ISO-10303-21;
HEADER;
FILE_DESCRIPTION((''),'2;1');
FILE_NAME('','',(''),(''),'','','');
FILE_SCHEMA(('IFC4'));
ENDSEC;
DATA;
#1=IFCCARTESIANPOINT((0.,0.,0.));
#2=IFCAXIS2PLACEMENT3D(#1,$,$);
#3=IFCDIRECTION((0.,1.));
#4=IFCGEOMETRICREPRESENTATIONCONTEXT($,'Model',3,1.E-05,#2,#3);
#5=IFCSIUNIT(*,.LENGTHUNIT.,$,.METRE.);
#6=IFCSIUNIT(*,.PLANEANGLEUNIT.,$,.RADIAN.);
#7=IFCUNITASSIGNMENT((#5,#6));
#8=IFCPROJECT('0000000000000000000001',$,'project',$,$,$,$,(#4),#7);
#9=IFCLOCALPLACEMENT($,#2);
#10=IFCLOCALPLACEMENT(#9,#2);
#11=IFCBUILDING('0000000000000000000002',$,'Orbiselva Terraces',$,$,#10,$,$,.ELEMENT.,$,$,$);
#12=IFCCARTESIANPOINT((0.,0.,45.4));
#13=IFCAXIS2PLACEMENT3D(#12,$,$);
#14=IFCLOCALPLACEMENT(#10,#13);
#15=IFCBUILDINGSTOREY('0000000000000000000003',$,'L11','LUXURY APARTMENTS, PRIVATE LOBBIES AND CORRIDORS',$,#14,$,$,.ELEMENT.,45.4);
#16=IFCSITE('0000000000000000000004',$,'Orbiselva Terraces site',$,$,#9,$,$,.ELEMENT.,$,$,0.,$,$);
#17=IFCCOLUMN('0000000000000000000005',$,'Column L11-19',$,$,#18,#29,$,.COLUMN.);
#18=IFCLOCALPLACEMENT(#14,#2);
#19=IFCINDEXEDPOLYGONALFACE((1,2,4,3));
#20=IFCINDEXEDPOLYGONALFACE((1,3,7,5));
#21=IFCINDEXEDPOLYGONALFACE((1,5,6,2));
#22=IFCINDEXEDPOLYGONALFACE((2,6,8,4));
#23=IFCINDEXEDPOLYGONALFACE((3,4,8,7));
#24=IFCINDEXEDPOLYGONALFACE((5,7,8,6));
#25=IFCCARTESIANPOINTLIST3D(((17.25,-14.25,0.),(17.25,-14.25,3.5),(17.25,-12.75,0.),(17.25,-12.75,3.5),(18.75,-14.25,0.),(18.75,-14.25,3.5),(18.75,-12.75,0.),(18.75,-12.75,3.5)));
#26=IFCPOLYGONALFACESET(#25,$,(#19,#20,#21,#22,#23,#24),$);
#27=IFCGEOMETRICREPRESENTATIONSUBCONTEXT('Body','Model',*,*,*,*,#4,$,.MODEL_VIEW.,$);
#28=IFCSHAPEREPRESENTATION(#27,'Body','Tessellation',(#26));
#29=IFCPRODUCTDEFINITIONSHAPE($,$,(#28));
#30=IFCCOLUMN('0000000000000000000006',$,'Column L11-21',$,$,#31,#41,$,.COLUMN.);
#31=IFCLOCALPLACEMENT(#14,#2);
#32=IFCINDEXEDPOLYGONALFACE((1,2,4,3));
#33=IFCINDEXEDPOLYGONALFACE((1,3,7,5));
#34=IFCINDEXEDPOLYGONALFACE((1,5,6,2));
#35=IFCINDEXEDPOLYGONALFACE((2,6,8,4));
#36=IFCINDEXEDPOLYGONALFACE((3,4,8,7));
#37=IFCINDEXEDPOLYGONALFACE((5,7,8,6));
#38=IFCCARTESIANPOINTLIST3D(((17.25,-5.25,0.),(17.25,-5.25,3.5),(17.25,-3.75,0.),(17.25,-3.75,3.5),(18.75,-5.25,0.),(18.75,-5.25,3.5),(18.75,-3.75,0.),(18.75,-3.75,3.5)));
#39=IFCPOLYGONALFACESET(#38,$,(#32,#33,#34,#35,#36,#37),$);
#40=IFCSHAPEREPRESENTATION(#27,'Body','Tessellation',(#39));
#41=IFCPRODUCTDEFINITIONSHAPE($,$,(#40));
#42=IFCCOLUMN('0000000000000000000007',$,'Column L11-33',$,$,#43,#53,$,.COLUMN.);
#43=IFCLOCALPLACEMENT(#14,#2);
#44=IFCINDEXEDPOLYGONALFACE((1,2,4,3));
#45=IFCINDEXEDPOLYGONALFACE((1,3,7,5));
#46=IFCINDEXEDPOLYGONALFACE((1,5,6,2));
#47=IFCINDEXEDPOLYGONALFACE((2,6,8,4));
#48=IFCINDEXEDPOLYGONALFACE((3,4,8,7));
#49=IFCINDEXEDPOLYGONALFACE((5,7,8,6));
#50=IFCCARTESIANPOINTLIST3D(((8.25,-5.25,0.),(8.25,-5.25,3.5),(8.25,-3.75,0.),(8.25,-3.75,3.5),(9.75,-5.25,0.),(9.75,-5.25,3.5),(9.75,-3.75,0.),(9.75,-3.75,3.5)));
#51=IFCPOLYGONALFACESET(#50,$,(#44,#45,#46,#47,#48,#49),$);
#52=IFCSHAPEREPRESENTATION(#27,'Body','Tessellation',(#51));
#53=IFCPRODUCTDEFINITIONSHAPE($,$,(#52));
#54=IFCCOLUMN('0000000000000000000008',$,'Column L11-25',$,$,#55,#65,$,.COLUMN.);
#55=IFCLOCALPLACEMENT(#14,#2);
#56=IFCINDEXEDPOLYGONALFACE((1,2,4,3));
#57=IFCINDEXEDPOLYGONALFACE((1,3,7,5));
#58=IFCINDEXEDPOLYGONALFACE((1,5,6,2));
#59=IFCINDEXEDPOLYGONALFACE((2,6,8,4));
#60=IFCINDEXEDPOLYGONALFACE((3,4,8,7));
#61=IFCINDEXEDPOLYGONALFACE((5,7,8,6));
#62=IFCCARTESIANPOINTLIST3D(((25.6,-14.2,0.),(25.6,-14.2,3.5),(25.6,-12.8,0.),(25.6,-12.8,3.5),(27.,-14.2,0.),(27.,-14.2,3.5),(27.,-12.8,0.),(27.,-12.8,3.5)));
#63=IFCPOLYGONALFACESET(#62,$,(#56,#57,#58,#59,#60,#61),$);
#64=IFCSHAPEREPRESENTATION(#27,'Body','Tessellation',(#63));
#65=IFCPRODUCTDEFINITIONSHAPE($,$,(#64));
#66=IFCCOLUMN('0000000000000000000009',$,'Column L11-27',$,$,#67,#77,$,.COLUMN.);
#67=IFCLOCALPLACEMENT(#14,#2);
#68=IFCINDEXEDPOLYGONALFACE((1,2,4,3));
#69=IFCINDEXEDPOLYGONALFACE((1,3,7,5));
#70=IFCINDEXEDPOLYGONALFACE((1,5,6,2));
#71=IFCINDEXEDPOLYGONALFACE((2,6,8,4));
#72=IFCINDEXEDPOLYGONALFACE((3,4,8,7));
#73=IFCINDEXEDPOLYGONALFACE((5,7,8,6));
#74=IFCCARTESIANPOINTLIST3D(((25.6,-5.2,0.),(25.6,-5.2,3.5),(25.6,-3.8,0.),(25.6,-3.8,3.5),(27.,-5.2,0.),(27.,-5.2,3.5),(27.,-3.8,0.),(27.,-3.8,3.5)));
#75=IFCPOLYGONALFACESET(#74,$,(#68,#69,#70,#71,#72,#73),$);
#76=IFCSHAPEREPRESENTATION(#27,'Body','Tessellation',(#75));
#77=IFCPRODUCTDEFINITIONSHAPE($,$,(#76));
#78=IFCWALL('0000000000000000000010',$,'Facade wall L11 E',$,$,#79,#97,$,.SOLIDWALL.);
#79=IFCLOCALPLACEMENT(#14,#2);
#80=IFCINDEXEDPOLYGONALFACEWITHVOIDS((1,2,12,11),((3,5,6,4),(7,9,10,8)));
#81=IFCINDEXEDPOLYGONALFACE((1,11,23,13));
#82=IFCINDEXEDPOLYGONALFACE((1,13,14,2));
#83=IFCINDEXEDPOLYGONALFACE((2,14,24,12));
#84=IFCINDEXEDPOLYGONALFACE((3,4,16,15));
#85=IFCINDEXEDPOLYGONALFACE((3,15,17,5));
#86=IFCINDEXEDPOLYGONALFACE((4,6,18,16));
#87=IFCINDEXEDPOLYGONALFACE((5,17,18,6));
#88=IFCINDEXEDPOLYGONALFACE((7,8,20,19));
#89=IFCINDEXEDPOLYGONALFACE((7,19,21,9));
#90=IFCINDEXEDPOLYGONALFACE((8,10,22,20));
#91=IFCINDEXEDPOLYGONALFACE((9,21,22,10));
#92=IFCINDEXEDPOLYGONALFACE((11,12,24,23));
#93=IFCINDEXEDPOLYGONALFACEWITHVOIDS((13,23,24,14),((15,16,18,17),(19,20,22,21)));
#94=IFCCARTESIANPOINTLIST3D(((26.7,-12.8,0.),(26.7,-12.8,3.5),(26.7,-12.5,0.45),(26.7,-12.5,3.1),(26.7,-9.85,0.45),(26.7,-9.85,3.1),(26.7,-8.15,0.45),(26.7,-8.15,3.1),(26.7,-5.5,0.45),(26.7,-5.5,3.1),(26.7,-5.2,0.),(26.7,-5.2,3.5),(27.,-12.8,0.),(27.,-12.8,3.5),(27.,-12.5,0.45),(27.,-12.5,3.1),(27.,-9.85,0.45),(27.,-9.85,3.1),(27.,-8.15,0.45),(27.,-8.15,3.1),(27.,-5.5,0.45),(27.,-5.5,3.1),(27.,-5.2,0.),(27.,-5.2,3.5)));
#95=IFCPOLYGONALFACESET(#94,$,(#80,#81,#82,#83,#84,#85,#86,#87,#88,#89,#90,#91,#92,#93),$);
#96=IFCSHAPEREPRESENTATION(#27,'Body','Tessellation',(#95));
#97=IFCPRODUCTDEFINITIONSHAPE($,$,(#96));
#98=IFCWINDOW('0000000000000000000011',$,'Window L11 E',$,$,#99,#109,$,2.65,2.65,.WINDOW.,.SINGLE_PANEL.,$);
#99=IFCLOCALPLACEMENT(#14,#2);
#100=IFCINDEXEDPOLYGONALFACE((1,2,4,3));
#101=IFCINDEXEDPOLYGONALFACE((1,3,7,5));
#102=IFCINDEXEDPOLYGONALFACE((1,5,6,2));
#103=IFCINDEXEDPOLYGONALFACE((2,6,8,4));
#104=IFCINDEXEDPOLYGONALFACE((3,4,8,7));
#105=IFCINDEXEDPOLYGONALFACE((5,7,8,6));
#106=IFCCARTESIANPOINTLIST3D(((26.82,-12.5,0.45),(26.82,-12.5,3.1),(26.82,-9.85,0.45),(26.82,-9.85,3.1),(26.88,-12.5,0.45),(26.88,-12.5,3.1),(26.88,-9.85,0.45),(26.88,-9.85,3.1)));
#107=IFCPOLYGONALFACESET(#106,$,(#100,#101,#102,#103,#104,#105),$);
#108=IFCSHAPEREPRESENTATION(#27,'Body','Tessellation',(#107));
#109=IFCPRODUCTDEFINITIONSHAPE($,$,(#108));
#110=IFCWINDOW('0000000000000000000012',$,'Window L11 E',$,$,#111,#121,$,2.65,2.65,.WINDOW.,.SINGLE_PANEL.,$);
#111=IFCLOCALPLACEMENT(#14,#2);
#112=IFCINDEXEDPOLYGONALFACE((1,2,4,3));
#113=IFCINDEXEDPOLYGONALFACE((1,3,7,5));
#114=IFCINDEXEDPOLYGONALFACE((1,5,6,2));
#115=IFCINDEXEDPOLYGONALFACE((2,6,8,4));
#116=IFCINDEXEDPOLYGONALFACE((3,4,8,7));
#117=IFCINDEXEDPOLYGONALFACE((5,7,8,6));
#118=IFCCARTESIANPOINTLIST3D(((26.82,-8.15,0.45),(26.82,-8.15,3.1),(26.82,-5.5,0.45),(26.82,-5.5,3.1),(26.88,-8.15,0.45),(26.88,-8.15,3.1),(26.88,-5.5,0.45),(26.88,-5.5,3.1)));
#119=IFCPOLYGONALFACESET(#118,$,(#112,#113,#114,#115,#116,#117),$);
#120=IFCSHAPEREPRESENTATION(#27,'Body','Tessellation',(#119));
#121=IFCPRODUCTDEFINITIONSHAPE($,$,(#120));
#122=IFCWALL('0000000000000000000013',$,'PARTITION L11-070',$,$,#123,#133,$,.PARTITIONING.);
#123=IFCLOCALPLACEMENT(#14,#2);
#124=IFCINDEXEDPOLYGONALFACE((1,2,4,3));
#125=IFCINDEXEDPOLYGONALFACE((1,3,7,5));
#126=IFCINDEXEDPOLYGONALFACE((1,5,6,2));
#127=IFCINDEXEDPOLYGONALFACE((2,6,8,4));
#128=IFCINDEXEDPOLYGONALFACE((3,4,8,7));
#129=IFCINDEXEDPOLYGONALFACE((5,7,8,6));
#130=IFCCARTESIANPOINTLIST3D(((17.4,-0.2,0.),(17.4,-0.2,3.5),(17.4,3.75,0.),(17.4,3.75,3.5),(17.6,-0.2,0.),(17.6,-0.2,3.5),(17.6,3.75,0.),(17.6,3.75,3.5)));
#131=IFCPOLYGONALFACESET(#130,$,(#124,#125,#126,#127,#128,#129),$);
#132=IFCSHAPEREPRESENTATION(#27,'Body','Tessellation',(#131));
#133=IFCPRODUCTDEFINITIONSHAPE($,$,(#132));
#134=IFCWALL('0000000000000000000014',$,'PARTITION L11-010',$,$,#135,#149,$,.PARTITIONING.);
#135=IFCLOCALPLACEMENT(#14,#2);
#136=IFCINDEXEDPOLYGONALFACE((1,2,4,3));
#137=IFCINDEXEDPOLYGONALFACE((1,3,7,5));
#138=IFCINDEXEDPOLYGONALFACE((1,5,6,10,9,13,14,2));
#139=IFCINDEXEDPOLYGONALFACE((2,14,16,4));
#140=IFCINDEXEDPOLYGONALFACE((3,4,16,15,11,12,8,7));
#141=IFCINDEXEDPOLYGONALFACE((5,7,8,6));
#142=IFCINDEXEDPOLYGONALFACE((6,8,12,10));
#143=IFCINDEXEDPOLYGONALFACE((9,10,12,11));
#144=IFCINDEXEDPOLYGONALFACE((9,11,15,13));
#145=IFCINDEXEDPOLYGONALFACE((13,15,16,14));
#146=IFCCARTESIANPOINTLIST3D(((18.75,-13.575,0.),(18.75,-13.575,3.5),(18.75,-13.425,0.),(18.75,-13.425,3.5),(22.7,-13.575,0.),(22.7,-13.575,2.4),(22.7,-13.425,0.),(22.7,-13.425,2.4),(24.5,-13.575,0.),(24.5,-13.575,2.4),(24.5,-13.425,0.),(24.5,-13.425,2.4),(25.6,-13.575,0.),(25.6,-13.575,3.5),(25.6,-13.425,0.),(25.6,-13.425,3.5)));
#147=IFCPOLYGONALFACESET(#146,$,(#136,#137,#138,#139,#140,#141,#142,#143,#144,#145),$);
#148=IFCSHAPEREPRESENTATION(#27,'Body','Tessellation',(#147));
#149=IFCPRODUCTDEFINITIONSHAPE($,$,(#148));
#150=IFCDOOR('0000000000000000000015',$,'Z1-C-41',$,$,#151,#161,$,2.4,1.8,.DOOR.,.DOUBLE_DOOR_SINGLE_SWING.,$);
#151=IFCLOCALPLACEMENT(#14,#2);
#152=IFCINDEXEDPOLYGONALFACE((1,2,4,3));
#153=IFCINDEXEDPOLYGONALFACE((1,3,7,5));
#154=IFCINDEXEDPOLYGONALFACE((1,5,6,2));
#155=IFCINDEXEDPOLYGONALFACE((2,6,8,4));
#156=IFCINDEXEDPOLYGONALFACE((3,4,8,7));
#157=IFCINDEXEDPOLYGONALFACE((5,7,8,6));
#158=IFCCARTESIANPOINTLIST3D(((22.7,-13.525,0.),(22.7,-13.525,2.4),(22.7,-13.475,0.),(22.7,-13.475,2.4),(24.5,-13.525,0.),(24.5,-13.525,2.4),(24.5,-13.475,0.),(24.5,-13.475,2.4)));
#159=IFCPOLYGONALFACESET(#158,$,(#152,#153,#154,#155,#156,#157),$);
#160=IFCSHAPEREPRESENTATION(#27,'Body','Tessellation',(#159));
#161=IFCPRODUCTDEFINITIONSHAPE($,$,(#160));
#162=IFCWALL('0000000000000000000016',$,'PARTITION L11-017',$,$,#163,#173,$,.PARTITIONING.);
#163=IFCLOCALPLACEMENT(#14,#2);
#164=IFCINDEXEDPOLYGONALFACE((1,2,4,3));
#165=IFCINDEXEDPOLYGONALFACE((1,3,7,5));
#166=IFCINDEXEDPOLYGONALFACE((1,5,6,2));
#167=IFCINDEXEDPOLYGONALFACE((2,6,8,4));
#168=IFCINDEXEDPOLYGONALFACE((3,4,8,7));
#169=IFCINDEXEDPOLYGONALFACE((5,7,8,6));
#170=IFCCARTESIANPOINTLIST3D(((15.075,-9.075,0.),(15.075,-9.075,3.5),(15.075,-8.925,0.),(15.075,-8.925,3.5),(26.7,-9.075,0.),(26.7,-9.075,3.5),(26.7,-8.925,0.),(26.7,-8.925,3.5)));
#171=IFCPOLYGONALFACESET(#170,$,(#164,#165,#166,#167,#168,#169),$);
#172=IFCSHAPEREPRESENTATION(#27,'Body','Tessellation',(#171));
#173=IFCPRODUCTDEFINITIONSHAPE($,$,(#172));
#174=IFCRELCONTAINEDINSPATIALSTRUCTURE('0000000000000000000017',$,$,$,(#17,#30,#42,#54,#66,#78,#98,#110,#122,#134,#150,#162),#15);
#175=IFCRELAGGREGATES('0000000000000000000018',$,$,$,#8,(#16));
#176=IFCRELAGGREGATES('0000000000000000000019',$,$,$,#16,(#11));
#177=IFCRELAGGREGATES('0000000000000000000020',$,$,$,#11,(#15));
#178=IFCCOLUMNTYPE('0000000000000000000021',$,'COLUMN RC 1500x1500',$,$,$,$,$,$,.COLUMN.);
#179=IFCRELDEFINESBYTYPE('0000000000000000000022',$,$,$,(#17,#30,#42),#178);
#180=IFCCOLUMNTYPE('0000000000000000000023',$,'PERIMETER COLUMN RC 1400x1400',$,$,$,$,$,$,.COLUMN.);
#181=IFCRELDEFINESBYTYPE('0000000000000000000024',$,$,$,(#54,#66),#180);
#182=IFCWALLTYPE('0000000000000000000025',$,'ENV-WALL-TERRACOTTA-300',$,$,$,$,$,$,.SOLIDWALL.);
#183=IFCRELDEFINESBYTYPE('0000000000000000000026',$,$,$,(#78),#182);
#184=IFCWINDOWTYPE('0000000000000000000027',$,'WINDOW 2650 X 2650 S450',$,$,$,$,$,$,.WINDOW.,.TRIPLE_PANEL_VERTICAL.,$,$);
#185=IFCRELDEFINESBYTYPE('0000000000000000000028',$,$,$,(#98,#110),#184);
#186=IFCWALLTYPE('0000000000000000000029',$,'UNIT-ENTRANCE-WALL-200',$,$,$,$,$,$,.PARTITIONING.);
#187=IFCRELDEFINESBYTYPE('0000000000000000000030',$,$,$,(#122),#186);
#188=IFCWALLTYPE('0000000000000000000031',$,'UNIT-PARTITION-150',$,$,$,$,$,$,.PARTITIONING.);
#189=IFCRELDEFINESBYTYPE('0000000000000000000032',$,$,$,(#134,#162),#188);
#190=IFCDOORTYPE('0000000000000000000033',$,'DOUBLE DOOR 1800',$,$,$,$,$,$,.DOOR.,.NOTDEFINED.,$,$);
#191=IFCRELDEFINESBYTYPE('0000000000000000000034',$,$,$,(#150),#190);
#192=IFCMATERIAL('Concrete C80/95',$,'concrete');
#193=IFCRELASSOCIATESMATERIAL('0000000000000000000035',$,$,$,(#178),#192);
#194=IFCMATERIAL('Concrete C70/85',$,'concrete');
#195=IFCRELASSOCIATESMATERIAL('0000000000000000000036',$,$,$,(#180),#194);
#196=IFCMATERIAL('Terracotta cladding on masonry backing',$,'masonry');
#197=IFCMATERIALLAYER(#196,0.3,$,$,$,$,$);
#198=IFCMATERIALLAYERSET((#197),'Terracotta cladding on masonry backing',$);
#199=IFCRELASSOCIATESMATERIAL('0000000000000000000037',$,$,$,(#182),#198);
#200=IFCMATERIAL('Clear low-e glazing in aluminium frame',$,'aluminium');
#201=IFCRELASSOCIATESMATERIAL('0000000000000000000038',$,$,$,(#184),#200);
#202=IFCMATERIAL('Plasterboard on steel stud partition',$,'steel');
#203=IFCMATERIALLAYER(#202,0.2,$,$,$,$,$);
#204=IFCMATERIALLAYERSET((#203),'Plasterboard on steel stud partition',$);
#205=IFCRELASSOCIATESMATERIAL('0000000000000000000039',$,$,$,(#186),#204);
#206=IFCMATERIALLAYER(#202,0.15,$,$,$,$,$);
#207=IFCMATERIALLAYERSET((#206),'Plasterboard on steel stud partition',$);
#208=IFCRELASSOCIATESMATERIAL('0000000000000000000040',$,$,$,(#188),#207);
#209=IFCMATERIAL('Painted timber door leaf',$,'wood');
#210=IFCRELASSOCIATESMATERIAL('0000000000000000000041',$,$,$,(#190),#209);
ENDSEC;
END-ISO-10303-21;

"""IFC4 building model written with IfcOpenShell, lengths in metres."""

from ifc_helpers import new_model, si_unit, direction, frame, frame_2d, origin, origin_2d, place, context, subcontext, project, spatial, rectangle, extrude, material, layer, layer_set, material_profile, profile_set, type_object, element, fill, save


model = new_model("IFC4")

# Units and contexts
model_context = context("Model", 3, precision=1e-05, world=origin(), true_north=direction((0.0, 1.0)))
body_context = subcontext(model_context, "Body", "Model", "MODEL_VIEW")
ifc_project = project(units=[si_unit("LENGTHUNIT", "METRE"), si_unit("PLANEANGLEUNIT", "RADIAN")], contexts=[model_context])

# Site, building, storey
site_placement = place(None, origin())
site = spatial("IfcSite", under=ifc_project, at=site_placement, Name="Orbiselva Terraces site", CompositionType="ELEMENT", RefElevation=0.0)
building_placement = place(site_placement, origin())
building = spatial("IfcBuilding", under=site, at=building_placement, Name="Orbiselva Terraces", CompositionType="ELEMENT")
storey_placement = place(building_placement, frame((0.0, 0.0, 45.4)))
storey = spatial("IfcBuildingStorey", under=building, at=storey_placement, Name="L11", Description="LUXURY APARTMENTS, PRIVATE LOBBIES AND CORRIDORS", CompositionType="ELEMENT", Elevation=45.4)

# Columns
ifc_material_1 = material(Name="Concrete C80/95", Category="concrete")
ifc_material_profile_1 = material_profile(ifc_material_1, rectangle(XDim=1.5, YDim=1.5, at=origin_2d()), Name="RC 1500x1500")
ifc_profile_set_1 = profile_set([ifc_material_profile_1], Name="Concrete C80/95")
column_type_1 = type_object("IfcColumnType", Name="COLUMN RC 1500x1500", PredefinedType="COLUMN", material=ifc_profile_set_1)
for number, where, z_axis, x_axis, name in (
    (1, (18.0, -13.5, 0.0), (0.0, 0.0, 1.0), (1.0, 0.0, 0.0), "Column L11-19"),
    (2, (18.0, -4.5, 0.0), (0.0, 0.0, 1.0), (1.0, 0.0, 0.0), "Column L11-21"),
    (3, (9.0, -4.5, 0.0), (0.0, 0.0, 1.0), (1.0, 0.0, 0.0), "Column L11-33"),
):
    element("IfcColumn", number, at=place(storey_placement, frame(where, z_axis=z_axis, x_axis=x_axis)), inside=storey, type_object=column_type_1, Name=name, PredefinedType="COLUMN", context=body_context, shape_type="SweptSolid", body=[
        extrude(rectangle(XDim=1.5, YDim=1.5, at=origin_2d()), origin(), (0.0, 0.0, 1.0), 3.5),
    ])
ifc_material_2 = material(Name="Concrete C70/85", Category="concrete")
ifc_material_profile_2 = material_profile(ifc_material_2, rectangle(XDim=1.4, YDim=1.4, at=origin_2d()), Name="RC 1400x1400")
ifc_profile_set_2 = profile_set([ifc_material_profile_2], Name="Concrete C70/85")
column_type_2 = type_object("IfcColumnType", Name="PERIMETER COLUMN RC 1400x1400", PredefinedType="COLUMN", material=ifc_profile_set_2)
for number, where, z_axis, x_axis, name in (
    (4, (26.3, -13.5, 0.0), (0.0, 0.0, 1.0), (1.0, 0.0, 0.0), "Column L11-25"),
    (5, (26.3, -4.5, 0.0), (0.0, 0.0, 1.0), (1.0, 0.0, 0.0), "Column L11-27"),
):
    element("IfcColumn", number, at=place(storey_placement, frame(where, z_axis=z_axis, x_axis=x_axis)), inside=storey, type_object=column_type_2, Name=name, PredefinedType="COLUMN", context=body_context, shape_type="SweptSolid", body=[
        extrude(rectangle(XDim=1.4, YDim=1.4, at=origin_2d()), origin(), (0.0, 0.0, 1.0), 3.5),
    ])

# Wall, openings, windows
ifc_material_3 = material(Name="Terracotta cladding on masonry backing", Category="masonry")
ifc_layer_1 = layer(ifc_material_3, 0.3)
ifc_layer_set_1 = layer_set([ifc_layer_1], Name="Terracotta cladding on masonry backing")
wall_type_1 = type_object("IfcWallType", Name="ENV-WALL-TERRACOTTA-300", PredefinedType="SOLIDWALL", material=ifc_layer_set_1)
wall_1_placement = place(storey_placement, frame((26.85, -5.2, 0.0), z_axis=(0.0, 0.0, 1.0), x_axis=(0.0, -1.0, 0.0)))
wall_1 = element("IfcWall", 6, at=wall_1_placement, inside=storey, type_object=wall_type_1, Name="Facade wall L11 E", PredefinedType="SOLIDWALL", context=body_context, shape_type="SweptSolid", body=[
    extrude(rectangle(XDim=7.6, YDim=0.3, at=frame_2d((3.8, 0.0))), origin(), (0.0, 0.0, 1.0), 3.5),
])
opening_1_placement = place(wall_1_placement, frame((4.65, 0.0, 0.45)))
opening_1 = element("IfcOpeningElement", 7, at=opening_1_placement, cuts=wall_1, PredefinedType="OPENING", context=body_context, shape_type="SweptSolid", body=[
    extrude(rectangle(XDim=2.65, YDim=2.65, at=frame_2d((1.325, 1.325))), frame((0.0, 0.16, 0.0), z_axis=(0.0, -1.0, 0.0), x_axis=(1.0, 0.0, 0.0)), (0.0, 0.0, 1.0), 0.32),
])
opening_2_placement = place(wall_1_placement, frame((0.3, 0.0, 0.45)))
opening_2 = element("IfcOpeningElement", 8, at=opening_2_placement, cuts=wall_1, PredefinedType="OPENING", context=body_context, shape_type="SweptSolid", body=[
    extrude(rectangle(XDim=2.65, YDim=2.65, at=frame_2d((1.325, 1.325))), frame((0.0, 0.16, 0.0), z_axis=(0.0, -1.0, 0.0), x_axis=(1.0, 0.0, 0.0)), (0.0, 0.0, 1.0), 0.32),
])
ifc_material_4 = material(Name="Clear low-e glazing in aluminium frame", Category="aluminium")
window_type = type_object("IfcWindowType", Name="WINDOW 2650 X 2650 S450", PartitioningType="TRIPLE_PANEL_VERTICAL", PredefinedType="WINDOW", material=ifc_material_4)
window_1_placement = place(opening_1_placement, origin())
window_1 = element("IfcWindow", 9, at=window_1_placement, inside=storey, type_object=window_type, Name="Window L11 E", OverallHeight=2.65, OverallWidth=2.65, PartitioningType="SINGLE_PANEL", PredefinedType="WINDOW", context=body_context, shape_type="SweptSolid", body=[
    extrude(rectangle(XDim=2.65, YDim=2.65, at=frame_2d((1.325, 1.325))), frame((0.0, 0.03, 0.0), z_axis=(0.0, -1.0, 0.0), x_axis=(1.0, 0.0, 0.0)), (0.0, 0.0, 1.0), 0.06),
])
fill(opening_1, window_1)
window_2_placement = place(opening_2_placement, origin())
window_2 = element("IfcWindow", 10, at=window_2_placement, inside=storey, type_object=window_type, Name="Window L11 E", OverallHeight=2.65, OverallWidth=2.65, PartitioningType="SINGLE_PANEL", PredefinedType="WINDOW", context=body_context, shape_type="SweptSolid", body=[
    extrude(rectangle(XDim=2.65, YDim=2.65, at=frame_2d((1.325, 1.325))), frame((0.0, 0.03, 0.0), z_axis=(0.0, -1.0, 0.0), x_axis=(1.0, 0.0, 0.0)), (0.0, 0.0, 1.0), 0.06),
])
fill(opening_2, window_2)

# Wall
ifc_material_5 = material(Name="Plasterboard on steel stud partition", Category="steel")
ifc_layer_2 = layer(ifc_material_5, 0.2)
ifc_layer_set_2 = layer_set([ifc_layer_2], Name="Plasterboard on steel stud partition")
wall_type_2 = type_object("IfcWallType", Name="UNIT-ENTRANCE-WALL-200", PredefinedType="PARTITIONING", material=ifc_layer_set_2)
wall_2_placement = place(storey_placement, frame((17.5, -0.2, 0.0), z_axis=(0.0, 0.0, 1.0), x_axis=(0.0, 1.0, 0.0)))
element("IfcWall", 11, at=wall_2_placement, inside=storey, type_object=wall_type_2, Name="PARTITION L11-070", PredefinedType="PARTITIONING", context=body_context, shape_type="SweptSolid", body=[
    extrude(rectangle(XDim=3.95, YDim=0.2, at=frame_2d((1.975, 0.0))), origin(), (0.0, 0.0, 1.0), 3.5),
])

# Wall, opening, door
ifc_layer_3 = layer(ifc_material_5, 0.15)
ifc_layer_set_3 = layer_set([ifc_layer_3], Name="Plasterboard on steel stud partition")
wall_type_3 = type_object("IfcWallType", Name="UNIT-PARTITION-150", PredefinedType="PARTITIONING", material=ifc_layer_set_3)
wall_3_placement = place(storey_placement, frame((25.6, -13.5, 0.0), z_axis=(0.0, 0.0, 1.0), x_axis=(-1.0, 0.0, 0.0)))
wall_3 = element("IfcWall", 12, at=wall_3_placement, inside=storey, type_object=wall_type_3, Name="PARTITION L11-010", PredefinedType="PARTITIONING", context=body_context, shape_type="SweptSolid", body=[
    extrude(rectangle(XDim=6.85, YDim=0.15, at=frame_2d((3.425, 0.0))), origin(), (0.0, 0.0, 1.0), 3.5),
])
opening_3_placement = place(wall_3_placement, frame((1.1, 0.0, 0.0)))
opening_3 = element("IfcOpeningElement", 13, at=opening_3_placement, cuts=wall_3, PredefinedType="OPENING", context=body_context, shape_type="SweptSolid", body=[
    extrude(rectangle(XDim=1.8, YDim=2.4, at=frame_2d((0.9, 1.2))), frame((0.0, 0.085, 0.0), z_axis=(0.0, -1.0, 0.0), x_axis=(1.0, 0.0, 0.0)), (0.0, 0.0, 1.0), 0.17),
])
ifc_material_6 = material(Name="Painted timber door leaf", Category="wood")
door_type_1 = type_object("IfcDoorType", Name="DOUBLE DOOR 1800", OperationType="NOTDEFINED", PredefinedType="DOOR", material=ifc_material_6)
door_1_placement = place(opening_3_placement, origin())
door_1 = element("IfcDoor", 14, at=door_1_placement, inside=storey, type_object=door_type_1, Name="Z1-C-41", OperationType="DOUBLE_DOOR_SINGLE_SWING", OverallHeight=2.4, OverallWidth=1.8, PredefinedType="DOOR", context=body_context, shape_type="SweptSolid", body=[
    extrude(rectangle(XDim=1.8, YDim=2.4, at=frame_2d((0.9, 1.2))), frame((0.0, 0.025, 0.0), z_axis=(0.0, -1.0, 0.0), x_axis=(1.0, 0.0, 0.0)), (0.0, 0.0, 1.0), 0.05),
])
fill(opening_3, door_1)

# Wall
wall_4_placement = place(storey_placement, frame((15.075, -9.0, 0.0), z_axis=(0.0, 0.0, 1.0), x_axis=(1.0, 0.0, 0.0)))
element("IfcWall", 15, at=wall_4_placement, inside=storey, type_object=wall_type_3, Name="PARTITION L11-017", PredefinedType="PARTITIONING", context=body_context, shape_type="SweptSolid", body=[
    extrude(rectangle(XDim=11.625, YDim=0.15, at=frame_2d((5.8125, 0.0))), origin(), (0.0, 0.0, 1.0), 3.5),
])

save(model, "model.ifc")
